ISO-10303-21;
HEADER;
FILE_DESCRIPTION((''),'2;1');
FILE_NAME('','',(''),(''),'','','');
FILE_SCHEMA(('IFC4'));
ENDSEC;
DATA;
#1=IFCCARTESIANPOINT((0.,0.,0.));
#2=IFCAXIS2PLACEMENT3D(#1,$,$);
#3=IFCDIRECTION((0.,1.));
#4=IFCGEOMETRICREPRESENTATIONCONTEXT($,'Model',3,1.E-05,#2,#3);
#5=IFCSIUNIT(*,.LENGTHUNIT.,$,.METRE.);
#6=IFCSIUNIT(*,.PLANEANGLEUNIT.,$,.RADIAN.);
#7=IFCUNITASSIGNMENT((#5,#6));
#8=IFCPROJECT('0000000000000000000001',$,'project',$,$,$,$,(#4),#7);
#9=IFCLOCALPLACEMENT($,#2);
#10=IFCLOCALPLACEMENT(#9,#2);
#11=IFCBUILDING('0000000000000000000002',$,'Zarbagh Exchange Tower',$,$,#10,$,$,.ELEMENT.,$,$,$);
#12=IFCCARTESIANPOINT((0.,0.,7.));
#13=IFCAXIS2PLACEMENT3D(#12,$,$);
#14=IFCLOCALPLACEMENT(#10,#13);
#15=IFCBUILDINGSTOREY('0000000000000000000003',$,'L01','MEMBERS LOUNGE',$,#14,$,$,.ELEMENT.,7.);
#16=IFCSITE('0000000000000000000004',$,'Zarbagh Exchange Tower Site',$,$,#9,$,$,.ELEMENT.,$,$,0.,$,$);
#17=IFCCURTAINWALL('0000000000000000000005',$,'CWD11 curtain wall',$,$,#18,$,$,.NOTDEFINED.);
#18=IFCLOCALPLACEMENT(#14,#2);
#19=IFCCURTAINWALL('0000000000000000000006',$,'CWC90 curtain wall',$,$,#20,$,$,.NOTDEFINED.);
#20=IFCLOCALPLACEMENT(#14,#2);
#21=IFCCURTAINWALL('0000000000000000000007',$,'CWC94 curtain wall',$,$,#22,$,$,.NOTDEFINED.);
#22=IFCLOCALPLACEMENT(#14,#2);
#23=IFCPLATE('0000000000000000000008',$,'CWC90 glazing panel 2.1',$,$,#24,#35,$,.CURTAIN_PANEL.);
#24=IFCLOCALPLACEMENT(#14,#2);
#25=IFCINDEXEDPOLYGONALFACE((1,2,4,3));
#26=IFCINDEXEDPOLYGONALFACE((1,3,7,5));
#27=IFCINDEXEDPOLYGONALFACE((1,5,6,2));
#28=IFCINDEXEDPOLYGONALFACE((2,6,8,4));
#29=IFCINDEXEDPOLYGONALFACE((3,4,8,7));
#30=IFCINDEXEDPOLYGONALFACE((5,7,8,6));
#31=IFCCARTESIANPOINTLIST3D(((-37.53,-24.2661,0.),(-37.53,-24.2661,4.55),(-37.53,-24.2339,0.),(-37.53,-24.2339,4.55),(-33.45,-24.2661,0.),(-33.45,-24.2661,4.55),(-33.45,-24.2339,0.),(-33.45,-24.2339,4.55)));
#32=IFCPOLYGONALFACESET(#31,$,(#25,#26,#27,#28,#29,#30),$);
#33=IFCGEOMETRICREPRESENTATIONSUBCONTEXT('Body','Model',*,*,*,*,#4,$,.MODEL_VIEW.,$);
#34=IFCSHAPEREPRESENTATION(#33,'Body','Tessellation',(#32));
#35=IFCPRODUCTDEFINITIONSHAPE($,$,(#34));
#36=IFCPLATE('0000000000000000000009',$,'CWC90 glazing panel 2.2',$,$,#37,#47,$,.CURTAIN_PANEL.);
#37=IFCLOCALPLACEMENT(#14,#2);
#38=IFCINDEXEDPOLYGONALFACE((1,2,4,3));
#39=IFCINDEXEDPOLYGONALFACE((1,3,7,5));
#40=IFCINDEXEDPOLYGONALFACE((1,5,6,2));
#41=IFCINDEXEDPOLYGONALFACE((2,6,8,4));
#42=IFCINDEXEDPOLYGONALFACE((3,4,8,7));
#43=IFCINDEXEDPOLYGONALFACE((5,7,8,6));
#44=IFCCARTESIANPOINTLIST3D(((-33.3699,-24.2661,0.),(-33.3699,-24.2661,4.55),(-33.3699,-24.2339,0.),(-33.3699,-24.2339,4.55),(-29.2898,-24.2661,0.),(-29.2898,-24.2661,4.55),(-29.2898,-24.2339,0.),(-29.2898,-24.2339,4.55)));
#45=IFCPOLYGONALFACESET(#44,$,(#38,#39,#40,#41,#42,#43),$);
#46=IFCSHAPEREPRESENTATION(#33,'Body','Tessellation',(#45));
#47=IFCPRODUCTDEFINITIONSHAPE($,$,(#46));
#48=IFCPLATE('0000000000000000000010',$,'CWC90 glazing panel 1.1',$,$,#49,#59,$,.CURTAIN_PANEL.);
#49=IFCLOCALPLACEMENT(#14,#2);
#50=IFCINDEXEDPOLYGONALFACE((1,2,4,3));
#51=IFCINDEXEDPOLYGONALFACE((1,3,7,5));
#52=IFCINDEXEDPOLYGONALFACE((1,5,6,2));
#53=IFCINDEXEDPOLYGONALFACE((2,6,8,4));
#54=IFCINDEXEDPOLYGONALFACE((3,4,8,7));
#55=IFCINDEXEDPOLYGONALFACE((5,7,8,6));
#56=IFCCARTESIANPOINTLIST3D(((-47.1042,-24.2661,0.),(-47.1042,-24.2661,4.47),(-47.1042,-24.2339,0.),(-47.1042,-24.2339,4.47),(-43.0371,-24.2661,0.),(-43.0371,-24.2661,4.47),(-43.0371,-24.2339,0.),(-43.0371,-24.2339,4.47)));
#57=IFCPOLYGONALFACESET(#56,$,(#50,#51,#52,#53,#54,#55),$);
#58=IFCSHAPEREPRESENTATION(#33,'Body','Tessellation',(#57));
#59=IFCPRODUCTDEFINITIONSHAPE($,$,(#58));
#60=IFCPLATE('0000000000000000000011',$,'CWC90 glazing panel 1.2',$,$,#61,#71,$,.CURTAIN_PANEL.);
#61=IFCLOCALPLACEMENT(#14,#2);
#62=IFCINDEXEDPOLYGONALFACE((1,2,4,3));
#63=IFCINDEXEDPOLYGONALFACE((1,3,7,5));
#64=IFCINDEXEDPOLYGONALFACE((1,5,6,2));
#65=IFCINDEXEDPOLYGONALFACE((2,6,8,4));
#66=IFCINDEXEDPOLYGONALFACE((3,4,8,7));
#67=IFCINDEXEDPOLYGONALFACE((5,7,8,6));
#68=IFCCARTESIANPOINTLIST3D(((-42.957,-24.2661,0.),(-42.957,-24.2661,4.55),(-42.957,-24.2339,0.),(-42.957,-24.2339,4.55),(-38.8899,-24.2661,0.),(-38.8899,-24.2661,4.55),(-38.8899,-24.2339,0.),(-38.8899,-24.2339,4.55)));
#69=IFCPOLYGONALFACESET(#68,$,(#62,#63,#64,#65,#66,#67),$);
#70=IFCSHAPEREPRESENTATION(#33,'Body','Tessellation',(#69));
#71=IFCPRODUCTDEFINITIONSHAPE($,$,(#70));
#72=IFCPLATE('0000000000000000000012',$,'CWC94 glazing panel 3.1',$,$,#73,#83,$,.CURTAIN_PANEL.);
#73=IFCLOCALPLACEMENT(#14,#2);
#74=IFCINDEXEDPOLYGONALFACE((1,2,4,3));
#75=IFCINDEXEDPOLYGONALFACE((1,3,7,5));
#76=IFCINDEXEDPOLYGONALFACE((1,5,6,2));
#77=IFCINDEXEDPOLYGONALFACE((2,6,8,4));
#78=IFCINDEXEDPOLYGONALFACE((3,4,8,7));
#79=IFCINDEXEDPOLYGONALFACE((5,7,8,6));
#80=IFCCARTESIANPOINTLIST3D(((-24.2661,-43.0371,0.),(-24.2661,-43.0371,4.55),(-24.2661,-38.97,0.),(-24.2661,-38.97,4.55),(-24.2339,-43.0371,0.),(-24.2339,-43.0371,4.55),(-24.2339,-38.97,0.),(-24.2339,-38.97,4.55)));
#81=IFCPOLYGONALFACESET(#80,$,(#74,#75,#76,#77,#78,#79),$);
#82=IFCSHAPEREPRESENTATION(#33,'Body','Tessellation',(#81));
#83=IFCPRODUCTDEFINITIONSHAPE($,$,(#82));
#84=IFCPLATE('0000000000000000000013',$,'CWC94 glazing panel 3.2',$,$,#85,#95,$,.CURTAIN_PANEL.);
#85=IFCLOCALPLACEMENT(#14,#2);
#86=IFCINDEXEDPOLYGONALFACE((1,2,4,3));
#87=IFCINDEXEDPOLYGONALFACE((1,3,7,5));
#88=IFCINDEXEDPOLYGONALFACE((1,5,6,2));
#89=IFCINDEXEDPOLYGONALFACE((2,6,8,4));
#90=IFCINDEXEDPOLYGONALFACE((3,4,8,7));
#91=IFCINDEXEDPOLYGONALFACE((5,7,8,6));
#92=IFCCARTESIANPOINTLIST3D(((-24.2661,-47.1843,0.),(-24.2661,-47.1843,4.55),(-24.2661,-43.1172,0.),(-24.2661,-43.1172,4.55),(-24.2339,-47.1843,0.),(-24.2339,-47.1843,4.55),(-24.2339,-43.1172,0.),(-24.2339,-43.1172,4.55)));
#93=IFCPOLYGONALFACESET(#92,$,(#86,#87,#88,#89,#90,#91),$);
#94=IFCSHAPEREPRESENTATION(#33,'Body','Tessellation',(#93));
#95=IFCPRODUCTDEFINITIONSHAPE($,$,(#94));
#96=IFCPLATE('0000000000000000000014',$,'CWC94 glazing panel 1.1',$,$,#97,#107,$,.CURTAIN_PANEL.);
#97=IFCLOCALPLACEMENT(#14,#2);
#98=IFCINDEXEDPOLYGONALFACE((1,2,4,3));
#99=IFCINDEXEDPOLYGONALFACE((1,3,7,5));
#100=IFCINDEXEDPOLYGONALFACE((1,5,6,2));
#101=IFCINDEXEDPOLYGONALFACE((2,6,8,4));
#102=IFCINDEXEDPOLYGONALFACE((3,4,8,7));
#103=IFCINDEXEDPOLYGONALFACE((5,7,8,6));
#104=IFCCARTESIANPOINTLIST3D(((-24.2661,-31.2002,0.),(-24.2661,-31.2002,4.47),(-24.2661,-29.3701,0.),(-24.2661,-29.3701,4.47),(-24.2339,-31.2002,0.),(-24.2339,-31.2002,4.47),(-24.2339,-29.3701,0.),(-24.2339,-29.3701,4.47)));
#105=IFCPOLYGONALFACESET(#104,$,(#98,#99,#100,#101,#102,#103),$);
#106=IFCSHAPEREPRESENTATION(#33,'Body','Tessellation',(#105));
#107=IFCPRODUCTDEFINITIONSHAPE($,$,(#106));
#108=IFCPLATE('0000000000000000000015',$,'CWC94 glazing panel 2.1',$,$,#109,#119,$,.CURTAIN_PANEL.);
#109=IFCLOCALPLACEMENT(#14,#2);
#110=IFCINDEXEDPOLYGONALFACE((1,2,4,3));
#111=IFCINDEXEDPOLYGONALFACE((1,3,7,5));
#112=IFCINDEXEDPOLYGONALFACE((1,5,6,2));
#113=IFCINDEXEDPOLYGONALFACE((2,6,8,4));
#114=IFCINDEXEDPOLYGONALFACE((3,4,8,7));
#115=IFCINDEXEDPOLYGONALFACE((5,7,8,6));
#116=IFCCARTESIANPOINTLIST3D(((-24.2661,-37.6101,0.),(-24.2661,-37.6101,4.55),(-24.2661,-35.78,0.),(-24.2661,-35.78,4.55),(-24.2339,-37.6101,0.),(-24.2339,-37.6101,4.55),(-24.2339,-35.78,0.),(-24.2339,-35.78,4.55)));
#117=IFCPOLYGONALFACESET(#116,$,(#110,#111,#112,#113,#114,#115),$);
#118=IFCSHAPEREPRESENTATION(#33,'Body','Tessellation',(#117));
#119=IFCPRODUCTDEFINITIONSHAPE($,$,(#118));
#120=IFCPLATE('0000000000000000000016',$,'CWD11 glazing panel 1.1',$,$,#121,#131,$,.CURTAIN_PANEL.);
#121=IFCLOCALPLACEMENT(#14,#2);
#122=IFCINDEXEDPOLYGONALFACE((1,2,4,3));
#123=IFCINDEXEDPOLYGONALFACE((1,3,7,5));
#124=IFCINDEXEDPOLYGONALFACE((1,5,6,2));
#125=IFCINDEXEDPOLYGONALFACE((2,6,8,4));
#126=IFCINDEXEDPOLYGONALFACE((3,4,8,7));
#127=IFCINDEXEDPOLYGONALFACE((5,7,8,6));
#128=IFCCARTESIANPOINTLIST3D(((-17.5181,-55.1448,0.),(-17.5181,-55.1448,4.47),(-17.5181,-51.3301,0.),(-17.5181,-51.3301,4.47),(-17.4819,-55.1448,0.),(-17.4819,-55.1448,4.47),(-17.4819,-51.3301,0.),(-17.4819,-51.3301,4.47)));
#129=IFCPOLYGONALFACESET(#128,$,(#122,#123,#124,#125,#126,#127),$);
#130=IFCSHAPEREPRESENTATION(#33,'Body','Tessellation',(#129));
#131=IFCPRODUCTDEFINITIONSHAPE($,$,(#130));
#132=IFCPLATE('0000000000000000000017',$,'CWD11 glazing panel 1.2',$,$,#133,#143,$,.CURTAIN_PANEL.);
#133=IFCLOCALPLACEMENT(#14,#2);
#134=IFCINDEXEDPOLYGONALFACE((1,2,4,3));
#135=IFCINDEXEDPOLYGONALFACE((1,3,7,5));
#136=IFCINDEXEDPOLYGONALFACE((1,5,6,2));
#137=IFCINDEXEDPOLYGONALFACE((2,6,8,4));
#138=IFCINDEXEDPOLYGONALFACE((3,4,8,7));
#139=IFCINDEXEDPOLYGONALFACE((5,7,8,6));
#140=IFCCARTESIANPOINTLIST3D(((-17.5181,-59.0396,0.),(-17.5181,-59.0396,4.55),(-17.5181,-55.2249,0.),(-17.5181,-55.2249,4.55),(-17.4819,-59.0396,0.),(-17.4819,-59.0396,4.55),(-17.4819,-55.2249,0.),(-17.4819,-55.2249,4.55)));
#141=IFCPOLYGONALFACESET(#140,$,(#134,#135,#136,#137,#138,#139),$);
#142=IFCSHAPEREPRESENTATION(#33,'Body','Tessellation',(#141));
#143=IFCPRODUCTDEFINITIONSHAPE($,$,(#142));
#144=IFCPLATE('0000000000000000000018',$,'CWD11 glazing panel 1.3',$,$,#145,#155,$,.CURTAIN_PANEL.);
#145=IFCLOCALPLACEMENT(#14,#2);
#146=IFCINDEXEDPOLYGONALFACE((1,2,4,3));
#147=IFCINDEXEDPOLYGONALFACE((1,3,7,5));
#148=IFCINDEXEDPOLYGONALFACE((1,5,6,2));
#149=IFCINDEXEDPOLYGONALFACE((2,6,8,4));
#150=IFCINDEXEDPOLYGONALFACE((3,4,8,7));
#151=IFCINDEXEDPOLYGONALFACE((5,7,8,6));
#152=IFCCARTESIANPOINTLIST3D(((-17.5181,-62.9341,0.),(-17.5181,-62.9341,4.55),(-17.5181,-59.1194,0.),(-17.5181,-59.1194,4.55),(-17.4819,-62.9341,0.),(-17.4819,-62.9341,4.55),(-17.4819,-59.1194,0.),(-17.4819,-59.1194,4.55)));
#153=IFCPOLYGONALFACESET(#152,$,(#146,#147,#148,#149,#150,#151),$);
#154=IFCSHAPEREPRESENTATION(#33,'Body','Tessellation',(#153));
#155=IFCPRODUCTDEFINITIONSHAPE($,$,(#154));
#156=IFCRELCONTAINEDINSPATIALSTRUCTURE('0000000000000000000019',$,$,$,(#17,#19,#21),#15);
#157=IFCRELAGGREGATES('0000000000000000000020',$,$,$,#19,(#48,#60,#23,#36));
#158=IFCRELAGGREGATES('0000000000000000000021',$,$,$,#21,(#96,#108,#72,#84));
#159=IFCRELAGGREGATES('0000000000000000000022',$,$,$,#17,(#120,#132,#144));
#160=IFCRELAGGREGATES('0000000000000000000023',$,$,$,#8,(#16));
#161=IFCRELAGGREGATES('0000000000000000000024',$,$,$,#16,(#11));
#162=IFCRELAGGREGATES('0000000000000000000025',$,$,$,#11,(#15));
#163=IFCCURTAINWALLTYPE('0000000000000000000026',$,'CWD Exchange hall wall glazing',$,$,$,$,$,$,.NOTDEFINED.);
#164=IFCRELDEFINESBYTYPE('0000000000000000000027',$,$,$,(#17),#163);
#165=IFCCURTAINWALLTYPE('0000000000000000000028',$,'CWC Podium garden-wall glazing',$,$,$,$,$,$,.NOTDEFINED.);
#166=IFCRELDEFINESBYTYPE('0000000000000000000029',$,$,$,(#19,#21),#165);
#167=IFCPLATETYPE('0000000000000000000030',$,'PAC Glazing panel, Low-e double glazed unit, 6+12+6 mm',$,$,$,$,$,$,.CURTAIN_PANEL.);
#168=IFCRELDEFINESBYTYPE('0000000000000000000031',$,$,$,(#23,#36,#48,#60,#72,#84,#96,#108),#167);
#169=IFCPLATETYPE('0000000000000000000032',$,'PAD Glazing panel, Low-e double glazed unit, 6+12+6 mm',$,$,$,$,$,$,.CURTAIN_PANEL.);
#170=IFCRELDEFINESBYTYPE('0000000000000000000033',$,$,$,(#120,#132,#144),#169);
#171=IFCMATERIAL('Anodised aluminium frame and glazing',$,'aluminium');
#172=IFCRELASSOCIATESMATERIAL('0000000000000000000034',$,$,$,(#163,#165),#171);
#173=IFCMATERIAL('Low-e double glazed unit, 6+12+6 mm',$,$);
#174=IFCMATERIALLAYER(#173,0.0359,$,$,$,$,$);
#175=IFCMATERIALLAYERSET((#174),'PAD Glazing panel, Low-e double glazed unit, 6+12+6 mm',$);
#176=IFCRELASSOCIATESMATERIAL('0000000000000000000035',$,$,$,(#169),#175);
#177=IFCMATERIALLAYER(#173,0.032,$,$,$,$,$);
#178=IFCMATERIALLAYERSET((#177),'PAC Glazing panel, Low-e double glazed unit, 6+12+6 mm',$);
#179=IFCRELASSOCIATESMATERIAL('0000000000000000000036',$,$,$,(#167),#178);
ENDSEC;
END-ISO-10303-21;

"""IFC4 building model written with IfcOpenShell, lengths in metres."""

from ifc_helpers import new_model, si_unit, direction, frame, origin, place, context, subcontext, project, spatial, polyline, outline, extrude, source, transform, mapped, material, layer, layer_set, type_object, element, aggregate, save


model = new_model("IFC4")

# Units and contexts
model_context = context("Model", 3, precision=1e-05, world=origin(), true_north=direction((0.0, 1.0)))
body_context = subcontext(model_context, "Body", "Model", "MODEL_VIEW")
ifc_project = project(units=[si_unit("LENGTHUNIT", "METRE"), si_unit("PLANEANGLEUNIT", "RADIAN")], contexts=[model_context])

# Site, building, storey
site_placement = place(None, origin())
site = spatial("IfcSite", under=ifc_project, at=site_placement, Name="Zarbagh Exchange Tower Site", CompositionType="ELEMENT", RefElevation=0.0)
building_placement = place(site_placement, origin())
building = spatial("IfcBuilding", under=site, at=building_placement, Name="Zarbagh Exchange Tower", CompositionType="ELEMENT")
storey_placement = place(building_placement, frame((0.0, 0.0, 7.0)))
storey = spatial("IfcBuildingStorey", under=building, at=storey_placement, Name="L01", Description="MEMBERS LOUNGE", CompositionType="ELEMENT", Elevation=7.0)

# Curtain wall
ifc_material_1 = material(Name="Anodised aluminium frame and glazing", Category="aluminium")
curtain_wall_type_1 = type_object("IfcCurtainWallType", Name="CWD Exchange hall wall glazing", PredefinedType="NOTDEFINED", material=ifc_material_1)
curtain_wall_1_placement = place(storey_placement, origin())
curtain_wall_1 = element("IfcCurtainWall", 1, at=curtain_wall_1_placement, inside=storey, type_object=curtain_wall_type_1, Name="CWD11 curtain wall", PredefinedType="NOTDEFINED")
placement = place(storey_placement, origin())

# Curtain wall
curtain_wall_type_2 = type_object("IfcCurtainWallType", Name="CWC Podium garden-wall glazing", PredefinedType="NOTDEFINED", material=ifc_material_1)
curtain_wall_2_placement = place(storey_placement, origin())
curtain_wall_2 = element("IfcCurtainWall", 2, at=curtain_wall_2_placement, inside=storey, type_object=curtain_wall_type_2, Name="CWC90 curtain wall", PredefinedType="NOTDEFINED")

# Curtain wall
curtain_wall_3_placement = place(storey_placement, origin())
curtain_wall_3 = element("IfcCurtainWall", 3, at=curtain_wall_3_placement, inside=storey, type_object=curtain_wall_type_2, Name="CWC94 curtain wall", PredefinedType="NOTDEFINED")

# Shared definitions
ifc_material_2 = material(Name="Low-e double glazed unit, 6+12+6 mm")
ifc_layer_1 = layer(ifc_material_2, 0.0359)
ifc_layer_set_1 = layer_set([ifc_layer_1], Name="PAD Glazing panel, Low-e double glazed unit, 6+12+6 mm")
plate_type_1 = type_object("IfcPlateType", Name="PAD Glazing panel, Low-e double glazed unit, 6+12+6 mm", PredefinedType="CURTAIN_PANEL", material=ifc_layer_set_1)

# Shared definitions
ifc_layer_2 = layer(ifc_material_2, 0.032)
ifc_layer_set_2 = layer_set([ifc_layer_2], Name="PAC Glazing panel, Low-e double glazed unit, 6+12+6 mm")
plate_type_2 = type_object("IfcPlateType", Name="PAC Glazing panel, Low-e double glazed unit, 6+12+6 mm", PredefinedType="CURTAIN_PANEL", material=ifc_layer_set_2)

# Plates
shared_shape_1 = source(origin(), body_context, "Body", "SweptSolid", [
    extrude(outline(polyline([(0.0, -0.0161), (4.0801, -0.0161), (4.0801, 0.0161), (0.0, 0.0161), (0.0, -0.0161)])), origin(), (0.0, 0.0, 1.0), 4.55),
])
plate_1 = element("IfcPlate", 4, at=placement, type_object=plate_type_2, Name="CWC90 glazing panel 2.1", PredefinedType="CURTAIN_PANEL", context=body_context, shape_type="MappedRepresentation", body=[
    mapped(shared_shape_1, transform((-37.53, -24.25, 0.0), x_axis=(1.0, 0.0, 0.0), y_axis=(0.0, 1.0, 0.0), z_axis=(0.0, 0.0, 1.0))),
])
plate_2 = element("IfcPlate", 5, at=placement, type_object=plate_type_2, Name="CWC90 glazing panel 2.2", PredefinedType="CURTAIN_PANEL", context=body_context, shape_type="MappedRepresentation", body=[
    mapped(shared_shape_1, transform((-33.3699, -24.25, 0.0), x_axis=(1.0, 0.0, 0.0), y_axis=(0.0, 1.0, 0.0), z_axis=(0.0, 0.0, 1.0))),
])
shared_shape_2 = source(origin(), body_context, "Body", "SweptSolid", [
    extrude(outline(polyline([(0.0, -0.0161), (4.0671, -0.0161), (4.0671, 0.0161), (0.0, 0.0161), (0.0, -0.0161)])), origin(), (0.0, 0.0, 1.0), 4.47),
])
plate_3 = element("IfcPlate", 6, at=placement, type_object=plate_type_2, Name="CWC90 glazing panel 1.1", PredefinedType="CURTAIN_PANEL", context=body_context, shape_type="MappedRepresentation", body=[
    mapped(shared_shape_2, transform((-47.1042, -24.25, 0.0), x_axis=(1.0, 0.0, 0.0), y_axis=(0.0, 1.0, 0.0), z_axis=(0.0, 0.0, 1.0))),
])
shared_shape_3 = source(origin(), body_context, "Body", "SweptSolid", [
    extrude(outline(polyline([(0.0, -0.0161), (4.0671, -0.0161), (4.0671, 0.0161), (0.0, 0.0161), (0.0, -0.0161)])), origin(), (0.0, 0.0, 1.0), 4.55),
])
plate_4 = element("IfcPlate", 7, at=placement, type_object=plate_type_2, Name="CWC90 glazing panel 1.2", PredefinedType="CURTAIN_PANEL", context=body_context, shape_type="MappedRepresentation", body=[
    mapped(shared_shape_3, transform((-42.957, -24.25, 0.0), x_axis=(1.0, 0.0, 0.0), y_axis=(0.0, 1.0, 0.0), z_axis=(0.0, 0.0, 1.0))),
])
aggregate(curtain_wall_2, [plate_3, plate_4, plate_1, plate_2])
plate_5 = element("IfcPlate", 8, at=placement, type_object=plate_type_2, Name="CWC94 glazing panel 3.1", PredefinedType="CURTAIN_PANEL", context=body_context, shape_type="MappedRepresentation", body=[
    mapped(shared_shape_3, transform((-24.25, -38.97, 0.0), x_axis=(0.0, -1.0, 0.0), y_axis=(1.0, 0.0, 0.0), z_axis=(0.0, 0.0, 1.0))),
])
plate_6 = element("IfcPlate", 9, at=placement, type_object=plate_type_2, Name="CWC94 glazing panel 3.2", PredefinedType="CURTAIN_PANEL", context=body_context, shape_type="MappedRepresentation", body=[
    mapped(shared_shape_3, transform((-24.25, -43.1172, 0.0), x_axis=(0.0, -1.0, 0.0), y_axis=(1.0, 0.0, 0.0), z_axis=(0.0, 0.0, 1.0))),
])
shared_shape_4 = source(origin(), body_context, "Body", "SweptSolid", [
    extrude(outline(polyline([(0.0, -0.0161), (1.8301, -0.0161), (1.8301, 0.0161), (0.0, 0.0161), (0.0, -0.0161)])), origin(), (0.0, 0.0, 1.0), 4.47),
])
plate_7 = element("IfcPlate", 10, at=placement, type_object=plate_type_2, Name="CWC94 glazing panel 1.1", PredefinedType="CURTAIN_PANEL", context=body_context, shape_type="MappedRepresentation", body=[
    mapped(shared_shape_4, transform((-24.25, -29.3701, 0.0), x_axis=(0.0, -1.0, 0.0), y_axis=(1.0, 0.0, 0.0), z_axis=(0.0, 0.0, 1.0))),
])
shared_shape_5 = source(origin(), body_context, "Body", "SweptSolid", [
    extrude(outline(polyline([(0.0, -0.0161), (1.8301, -0.0161), (1.8301, 0.0161), (0.0, 0.0161), (0.0, -0.0161)])), origin(), (0.0, 0.0, 1.0), 4.55),
])
plate_8 = element("IfcPlate", 11, at=placement, type_object=plate_type_2, Name="CWC94 glazing panel 2.1", PredefinedType="CURTAIN_PANEL", context=body_context, shape_type="MappedRepresentation", body=[
    mapped(shared_shape_5, transform((-24.25, -35.78, 0.0), x_axis=(0.0, -1.0, 0.0), y_axis=(1.0, 0.0, 0.0), z_axis=(0.0, 0.0, 1.0))),
])
aggregate(curtain_wall_3, [plate_7, plate_8, plate_5, plate_6])
shared_shape_6 = source(origin(), body_context, "Body", "SweptSolid", [
    extrude(outline(polyline([(0.0, -0.0181), (3.8147, -0.0181), (3.8147, 0.0181), (0.0, 0.0181), (0.0, -0.0181)])), origin(), (0.0, 0.0, 1.0), 4.47),
])
plate_9 = element("IfcPlate", 12, at=placement, type_object=plate_type_1, Name="CWD11 glazing panel 1.1", PredefinedType="CURTAIN_PANEL", context=body_context, shape_type="MappedRepresentation", body=[
    mapped(shared_shape_6, transform((-17.5, -51.3301, 0.0), x_axis=(0.0, -1.0, 0.0), y_axis=(1.0, 0.0, 0.0), z_axis=(0.0, 0.0, 1.0))),
])
shared_shape_7 = source(origin(), body_context, "Body", "SweptSolid", [
    extrude(outline(polyline([(0.0, -0.0181), (3.8147, -0.0181), (3.8147, 0.0181), (0.0, 0.0181), (0.0, -0.0181)])), origin(), (0.0, 0.0, 1.0), 4.55),
])
plate_10 = element("IfcPlate", 13, at=placement, type_object=plate_type_1, Name="CWD11 glazing panel 1.2", PredefinedType="CURTAIN_PANEL", context=body_context, shape_type="MappedRepresentation", body=[
    mapped(shared_shape_7, transform((-17.5, -55.2249, 0.0), x_axis=(0.0, -1.0, 0.0), y_axis=(1.0, 0.0, 0.0), z_axis=(0.0, 0.0, 1.0))),
])
plate_11 = element("IfcPlate", 14, at=placement, type_object=plate_type_1, Name="CWD11 glazing panel 1.3", PredefinedType="CURTAIN_PANEL", context=body_context, shape_type="MappedRepresentation", body=[
    mapped(shared_shape_7, transform((-17.5, -59.1194, 0.0), x_axis=(0.0, -1.0, 0.0), y_axis=(1.0, 0.0, 0.0), z_axis=(0.0, 0.0, 1.0))),
])
aggregate(curtain_wall_1, [plate_9, plate_10, plate_11])

save(model, "model.ifc")
